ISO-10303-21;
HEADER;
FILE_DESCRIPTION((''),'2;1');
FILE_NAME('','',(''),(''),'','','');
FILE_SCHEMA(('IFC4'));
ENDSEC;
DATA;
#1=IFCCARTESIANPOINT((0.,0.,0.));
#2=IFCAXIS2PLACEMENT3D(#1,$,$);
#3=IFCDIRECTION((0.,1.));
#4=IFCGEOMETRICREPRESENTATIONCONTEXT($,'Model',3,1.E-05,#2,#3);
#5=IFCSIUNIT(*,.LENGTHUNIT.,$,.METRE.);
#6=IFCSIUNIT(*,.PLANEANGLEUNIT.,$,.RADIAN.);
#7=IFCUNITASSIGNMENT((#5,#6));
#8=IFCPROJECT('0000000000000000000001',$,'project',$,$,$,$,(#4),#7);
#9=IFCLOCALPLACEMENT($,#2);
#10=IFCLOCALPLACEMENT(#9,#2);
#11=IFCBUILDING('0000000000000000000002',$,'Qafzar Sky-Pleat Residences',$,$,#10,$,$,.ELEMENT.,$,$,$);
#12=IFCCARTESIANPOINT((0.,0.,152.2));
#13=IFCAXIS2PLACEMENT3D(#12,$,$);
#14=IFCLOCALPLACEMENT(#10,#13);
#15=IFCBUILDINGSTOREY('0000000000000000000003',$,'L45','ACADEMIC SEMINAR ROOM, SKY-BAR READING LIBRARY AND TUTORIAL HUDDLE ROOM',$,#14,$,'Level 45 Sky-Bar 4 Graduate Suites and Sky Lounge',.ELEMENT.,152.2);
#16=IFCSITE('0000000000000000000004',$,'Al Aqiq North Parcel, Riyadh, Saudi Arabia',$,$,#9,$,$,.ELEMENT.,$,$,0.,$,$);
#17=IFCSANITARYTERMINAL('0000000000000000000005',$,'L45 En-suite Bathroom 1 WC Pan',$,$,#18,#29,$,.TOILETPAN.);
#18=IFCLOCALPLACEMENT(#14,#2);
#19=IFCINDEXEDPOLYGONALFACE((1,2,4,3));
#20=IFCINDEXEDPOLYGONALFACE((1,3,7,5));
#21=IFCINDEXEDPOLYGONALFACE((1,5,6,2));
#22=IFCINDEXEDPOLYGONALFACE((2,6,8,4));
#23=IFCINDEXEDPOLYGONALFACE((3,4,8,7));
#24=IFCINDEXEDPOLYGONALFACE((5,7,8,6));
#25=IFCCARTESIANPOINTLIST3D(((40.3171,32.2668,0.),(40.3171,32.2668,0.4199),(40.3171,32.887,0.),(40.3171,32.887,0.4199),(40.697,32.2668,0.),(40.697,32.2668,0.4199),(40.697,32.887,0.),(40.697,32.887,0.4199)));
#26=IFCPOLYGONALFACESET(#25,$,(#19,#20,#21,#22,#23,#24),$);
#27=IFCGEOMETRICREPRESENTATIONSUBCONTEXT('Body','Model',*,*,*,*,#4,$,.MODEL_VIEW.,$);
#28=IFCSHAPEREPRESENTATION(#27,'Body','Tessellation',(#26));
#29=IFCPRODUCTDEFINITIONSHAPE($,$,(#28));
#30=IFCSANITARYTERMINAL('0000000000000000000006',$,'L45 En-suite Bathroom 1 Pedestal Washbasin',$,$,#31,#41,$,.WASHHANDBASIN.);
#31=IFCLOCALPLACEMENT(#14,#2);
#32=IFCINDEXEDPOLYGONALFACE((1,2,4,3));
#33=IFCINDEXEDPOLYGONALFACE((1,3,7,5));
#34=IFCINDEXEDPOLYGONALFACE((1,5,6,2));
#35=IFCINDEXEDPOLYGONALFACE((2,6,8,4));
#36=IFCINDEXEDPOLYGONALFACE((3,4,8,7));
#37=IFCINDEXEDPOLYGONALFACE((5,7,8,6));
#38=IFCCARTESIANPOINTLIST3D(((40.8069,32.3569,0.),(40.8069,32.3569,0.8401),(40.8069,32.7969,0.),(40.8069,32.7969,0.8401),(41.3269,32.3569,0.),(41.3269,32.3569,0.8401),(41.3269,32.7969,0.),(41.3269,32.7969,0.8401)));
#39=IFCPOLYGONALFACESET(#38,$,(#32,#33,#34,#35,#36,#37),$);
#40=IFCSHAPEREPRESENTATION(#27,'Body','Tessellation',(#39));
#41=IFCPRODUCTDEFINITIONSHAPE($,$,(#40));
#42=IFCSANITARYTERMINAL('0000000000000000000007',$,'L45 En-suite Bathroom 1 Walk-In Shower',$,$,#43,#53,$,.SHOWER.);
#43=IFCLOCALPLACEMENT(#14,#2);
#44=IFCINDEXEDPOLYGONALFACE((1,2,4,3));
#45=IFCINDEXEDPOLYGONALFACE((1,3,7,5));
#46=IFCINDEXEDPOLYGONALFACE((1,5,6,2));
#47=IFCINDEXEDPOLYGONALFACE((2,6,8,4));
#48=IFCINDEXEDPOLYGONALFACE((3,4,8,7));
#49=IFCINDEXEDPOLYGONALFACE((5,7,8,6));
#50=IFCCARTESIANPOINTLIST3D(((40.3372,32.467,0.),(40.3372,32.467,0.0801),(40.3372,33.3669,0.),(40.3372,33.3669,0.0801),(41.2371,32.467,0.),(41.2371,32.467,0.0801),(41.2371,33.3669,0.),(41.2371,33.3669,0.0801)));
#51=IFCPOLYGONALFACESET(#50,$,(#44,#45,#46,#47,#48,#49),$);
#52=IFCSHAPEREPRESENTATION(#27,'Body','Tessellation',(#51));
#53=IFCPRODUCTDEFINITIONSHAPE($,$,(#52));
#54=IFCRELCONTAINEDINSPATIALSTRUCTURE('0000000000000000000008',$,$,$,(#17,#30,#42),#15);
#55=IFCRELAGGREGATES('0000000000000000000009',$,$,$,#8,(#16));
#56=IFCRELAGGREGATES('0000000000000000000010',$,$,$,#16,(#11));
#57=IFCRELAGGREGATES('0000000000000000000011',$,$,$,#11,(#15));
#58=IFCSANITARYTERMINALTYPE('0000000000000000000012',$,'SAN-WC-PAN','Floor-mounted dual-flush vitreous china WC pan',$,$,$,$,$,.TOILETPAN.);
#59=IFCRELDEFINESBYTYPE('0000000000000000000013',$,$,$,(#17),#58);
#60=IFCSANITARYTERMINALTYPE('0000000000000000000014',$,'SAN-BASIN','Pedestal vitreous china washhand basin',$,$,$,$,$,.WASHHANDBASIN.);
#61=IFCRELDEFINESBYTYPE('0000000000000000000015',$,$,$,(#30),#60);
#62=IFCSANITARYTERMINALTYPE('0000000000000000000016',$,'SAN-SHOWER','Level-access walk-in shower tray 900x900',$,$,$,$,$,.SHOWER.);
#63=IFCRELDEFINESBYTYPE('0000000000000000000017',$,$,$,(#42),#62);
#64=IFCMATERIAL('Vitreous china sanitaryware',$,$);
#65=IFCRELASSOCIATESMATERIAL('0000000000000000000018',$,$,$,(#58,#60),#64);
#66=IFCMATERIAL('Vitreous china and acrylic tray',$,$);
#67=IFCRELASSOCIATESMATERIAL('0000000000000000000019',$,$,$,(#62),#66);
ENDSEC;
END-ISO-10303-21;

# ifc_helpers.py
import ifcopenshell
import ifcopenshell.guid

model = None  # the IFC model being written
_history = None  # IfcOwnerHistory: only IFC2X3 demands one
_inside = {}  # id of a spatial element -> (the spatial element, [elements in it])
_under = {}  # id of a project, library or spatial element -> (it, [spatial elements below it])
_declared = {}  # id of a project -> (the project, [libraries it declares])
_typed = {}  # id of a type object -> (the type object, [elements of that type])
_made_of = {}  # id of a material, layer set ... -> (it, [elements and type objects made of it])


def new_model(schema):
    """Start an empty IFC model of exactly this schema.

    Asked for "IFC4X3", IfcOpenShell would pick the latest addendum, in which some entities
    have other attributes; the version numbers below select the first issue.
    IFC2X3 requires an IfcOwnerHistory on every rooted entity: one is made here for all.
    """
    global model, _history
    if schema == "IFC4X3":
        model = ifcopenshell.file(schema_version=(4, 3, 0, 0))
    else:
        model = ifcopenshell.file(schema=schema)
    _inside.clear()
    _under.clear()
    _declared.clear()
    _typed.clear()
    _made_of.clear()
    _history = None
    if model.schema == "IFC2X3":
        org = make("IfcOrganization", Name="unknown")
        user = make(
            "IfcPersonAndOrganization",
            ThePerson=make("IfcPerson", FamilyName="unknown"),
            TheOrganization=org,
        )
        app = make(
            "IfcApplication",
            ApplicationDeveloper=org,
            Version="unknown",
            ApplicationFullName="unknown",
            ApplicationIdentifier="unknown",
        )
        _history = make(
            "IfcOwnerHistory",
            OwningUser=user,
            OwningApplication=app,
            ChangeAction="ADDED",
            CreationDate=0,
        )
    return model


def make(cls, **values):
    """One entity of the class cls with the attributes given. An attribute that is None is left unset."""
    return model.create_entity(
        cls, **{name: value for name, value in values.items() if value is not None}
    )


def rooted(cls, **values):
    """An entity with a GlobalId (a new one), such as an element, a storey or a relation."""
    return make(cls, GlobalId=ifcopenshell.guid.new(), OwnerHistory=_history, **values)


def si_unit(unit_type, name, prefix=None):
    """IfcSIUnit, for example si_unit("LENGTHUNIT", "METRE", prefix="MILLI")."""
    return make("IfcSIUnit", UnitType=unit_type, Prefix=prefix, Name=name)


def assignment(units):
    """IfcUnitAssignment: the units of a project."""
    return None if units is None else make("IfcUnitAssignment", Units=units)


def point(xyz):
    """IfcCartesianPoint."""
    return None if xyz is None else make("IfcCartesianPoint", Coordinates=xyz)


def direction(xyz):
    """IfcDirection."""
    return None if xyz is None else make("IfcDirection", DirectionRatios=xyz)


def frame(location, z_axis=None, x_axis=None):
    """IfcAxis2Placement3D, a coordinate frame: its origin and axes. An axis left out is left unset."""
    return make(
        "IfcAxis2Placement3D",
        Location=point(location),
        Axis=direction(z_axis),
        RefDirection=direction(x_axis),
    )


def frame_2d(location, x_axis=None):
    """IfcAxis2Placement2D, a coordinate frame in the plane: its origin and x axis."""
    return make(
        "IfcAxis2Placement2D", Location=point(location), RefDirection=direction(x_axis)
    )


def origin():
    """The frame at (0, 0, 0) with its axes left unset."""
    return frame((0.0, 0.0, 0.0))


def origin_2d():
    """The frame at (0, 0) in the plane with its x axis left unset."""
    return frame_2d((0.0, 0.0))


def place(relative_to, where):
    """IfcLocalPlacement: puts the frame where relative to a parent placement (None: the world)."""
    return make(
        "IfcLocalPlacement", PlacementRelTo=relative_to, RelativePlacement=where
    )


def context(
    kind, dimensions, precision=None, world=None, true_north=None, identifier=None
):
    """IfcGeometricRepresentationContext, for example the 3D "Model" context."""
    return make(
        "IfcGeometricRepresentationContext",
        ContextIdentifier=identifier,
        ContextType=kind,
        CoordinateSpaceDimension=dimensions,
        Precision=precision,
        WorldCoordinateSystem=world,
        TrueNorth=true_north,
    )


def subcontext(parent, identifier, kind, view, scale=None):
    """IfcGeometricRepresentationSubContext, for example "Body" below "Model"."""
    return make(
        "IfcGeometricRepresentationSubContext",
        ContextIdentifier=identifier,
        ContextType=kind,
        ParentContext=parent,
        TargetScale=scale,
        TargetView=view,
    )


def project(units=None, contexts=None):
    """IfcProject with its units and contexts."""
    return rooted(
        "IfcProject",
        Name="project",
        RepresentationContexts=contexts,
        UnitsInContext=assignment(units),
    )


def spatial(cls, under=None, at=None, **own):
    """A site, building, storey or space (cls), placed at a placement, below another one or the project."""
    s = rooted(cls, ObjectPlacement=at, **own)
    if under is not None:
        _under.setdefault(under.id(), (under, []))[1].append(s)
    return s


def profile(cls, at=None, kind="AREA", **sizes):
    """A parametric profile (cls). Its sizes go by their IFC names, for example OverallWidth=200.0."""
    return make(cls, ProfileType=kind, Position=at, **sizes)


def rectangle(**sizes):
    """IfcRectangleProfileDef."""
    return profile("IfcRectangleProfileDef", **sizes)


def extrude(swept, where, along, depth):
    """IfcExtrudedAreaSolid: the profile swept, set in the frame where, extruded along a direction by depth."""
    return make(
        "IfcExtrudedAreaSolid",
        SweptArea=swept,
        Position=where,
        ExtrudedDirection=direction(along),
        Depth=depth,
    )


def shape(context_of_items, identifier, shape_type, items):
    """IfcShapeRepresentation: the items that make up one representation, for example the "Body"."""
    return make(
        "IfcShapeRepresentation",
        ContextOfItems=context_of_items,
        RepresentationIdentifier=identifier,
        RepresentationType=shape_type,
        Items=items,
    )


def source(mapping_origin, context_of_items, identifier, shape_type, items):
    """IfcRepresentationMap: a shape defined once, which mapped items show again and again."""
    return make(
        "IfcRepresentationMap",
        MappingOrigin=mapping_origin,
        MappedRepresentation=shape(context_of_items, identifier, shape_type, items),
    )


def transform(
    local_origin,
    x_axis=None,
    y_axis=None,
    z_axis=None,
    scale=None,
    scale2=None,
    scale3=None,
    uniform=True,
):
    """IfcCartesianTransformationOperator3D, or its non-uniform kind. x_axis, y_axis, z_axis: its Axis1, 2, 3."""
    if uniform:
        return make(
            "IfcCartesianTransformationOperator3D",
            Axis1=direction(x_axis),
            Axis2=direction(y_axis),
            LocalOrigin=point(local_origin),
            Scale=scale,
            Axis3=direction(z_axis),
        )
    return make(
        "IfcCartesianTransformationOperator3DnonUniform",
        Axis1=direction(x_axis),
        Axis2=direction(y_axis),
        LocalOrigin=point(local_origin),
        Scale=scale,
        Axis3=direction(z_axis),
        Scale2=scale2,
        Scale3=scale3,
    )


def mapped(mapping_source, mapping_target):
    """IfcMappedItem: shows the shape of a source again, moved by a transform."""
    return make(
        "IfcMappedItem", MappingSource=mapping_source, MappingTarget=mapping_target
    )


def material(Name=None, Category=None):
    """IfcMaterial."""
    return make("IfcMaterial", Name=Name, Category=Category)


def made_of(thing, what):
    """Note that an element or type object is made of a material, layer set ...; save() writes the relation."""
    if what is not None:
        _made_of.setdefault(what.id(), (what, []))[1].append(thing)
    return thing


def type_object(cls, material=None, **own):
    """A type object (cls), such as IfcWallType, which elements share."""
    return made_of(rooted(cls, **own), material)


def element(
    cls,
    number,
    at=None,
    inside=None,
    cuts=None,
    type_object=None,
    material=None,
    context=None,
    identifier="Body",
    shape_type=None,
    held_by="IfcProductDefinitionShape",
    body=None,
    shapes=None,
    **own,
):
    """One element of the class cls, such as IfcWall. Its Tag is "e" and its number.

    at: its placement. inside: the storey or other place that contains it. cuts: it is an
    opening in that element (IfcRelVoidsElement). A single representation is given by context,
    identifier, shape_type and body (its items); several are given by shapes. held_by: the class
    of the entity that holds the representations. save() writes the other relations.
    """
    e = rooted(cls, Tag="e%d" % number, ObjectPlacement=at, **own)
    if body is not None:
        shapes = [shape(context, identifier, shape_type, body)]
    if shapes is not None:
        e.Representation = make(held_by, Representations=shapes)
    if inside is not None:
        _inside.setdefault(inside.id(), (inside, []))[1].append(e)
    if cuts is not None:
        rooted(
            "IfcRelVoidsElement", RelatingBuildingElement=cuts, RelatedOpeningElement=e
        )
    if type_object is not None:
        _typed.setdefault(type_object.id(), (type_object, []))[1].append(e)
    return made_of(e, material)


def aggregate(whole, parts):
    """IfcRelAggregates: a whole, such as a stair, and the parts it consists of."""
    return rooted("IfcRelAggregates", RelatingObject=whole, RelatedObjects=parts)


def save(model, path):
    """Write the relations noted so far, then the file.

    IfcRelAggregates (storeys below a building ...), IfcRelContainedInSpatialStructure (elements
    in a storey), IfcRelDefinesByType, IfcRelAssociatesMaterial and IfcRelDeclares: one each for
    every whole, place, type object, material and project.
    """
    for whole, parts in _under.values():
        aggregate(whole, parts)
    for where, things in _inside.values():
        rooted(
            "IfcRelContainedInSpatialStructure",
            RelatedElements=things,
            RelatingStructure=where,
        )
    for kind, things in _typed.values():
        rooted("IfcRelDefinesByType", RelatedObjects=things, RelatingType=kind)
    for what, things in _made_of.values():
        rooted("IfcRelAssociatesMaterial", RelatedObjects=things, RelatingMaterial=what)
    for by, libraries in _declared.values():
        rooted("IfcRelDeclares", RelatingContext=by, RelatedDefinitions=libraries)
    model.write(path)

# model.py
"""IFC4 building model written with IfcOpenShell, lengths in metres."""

from ifc_helpers import new_model, si_unit, direction, frame, origin, origin_2d, place, context, subcontext, project, spatial, rectangle, extrude, source, transform, mapped, material, type_object, element, save


model = new_model("IFC4")

# Units and contexts
model_context = context("Model", 3, precision=1e-05, world=origin(), true_north=direction((0.0, 1.0)))
body_context = subcontext(model_context, "Body", "Model", "MODEL_VIEW")
ifc_project = project(units=[si_unit("LENGTHUNIT", "METRE"), si_unit("PLANEANGLEUNIT", "RADIAN")], contexts=[model_context])

# Site, building, storey
site_placement = place(None, origin())
site = spatial("IfcSite", under=ifc_project, at=site_placement, Name="Al Aqiq North Parcel, Riyadh, Saudi Arabia", CompositionType="ELEMENT", RefElevation=0.0)
building_placement = place(site_placement, origin())
building = spatial("IfcBuilding", under=site, at=building_placement, Name="Qafzar Sky-Pleat Residences", CompositionType="ELEMENT")
storey_placement = place(building_placement, frame((0.0, 0.0, 152.2)))
storey = spatial("IfcBuildingStorey", under=building, at=storey_placement, Name="L45", Description="ACADEMIC SEMINAR ROOM, SKY-BAR READING LIBRARY AND TUTORIAL HUDDLE ROOM", LongName="Level 45 Sky-Bar 4 Graduate Suites and Sky Lounge", CompositionType="ELEMENT", Elevation=152.2)

# Sanitary terminals
ifc_material_1 = material(Name="Vitreous china sanitaryware")
sanitary_terminal_type_1 = type_object("IfcSanitaryTerminalType", Name="SAN-WC-PAN", Description="Floor-mounted dual-flush vitreous china WC pan", PredefinedType="TOILETPAN", material=ifc_material_1)
shared_shape_1 = source(origin(), body_context, "Body", "SweptSolid", [
    extrude(rectangle(XDim=0.3799, YDim=0.6201, at=origin_2d()), origin(), (0.0, 0.0, 1.0), 0.4199),
])
sanitary_terminal_1_placement = place(storey_placement, frame((40.5071, 32.5769, 0.0), z_axis=(0.0, 0.0, 1.0), x_axis=(1.0, 0.0, 0.0)))
element("IfcSanitaryTerminal", 1, at=sanitary_terminal_1_placement, inside=storey, type_object=sanitary_terminal_type_1, Name="L45 En-suite Bathroom 1 WC Pan", PredefinedType="TOILETPAN", context=body_context, shape_type="MappedRepresentation", body=[
    mapped(shared_shape_1, transform((0.0, 0.0, 0.0), x_axis=(1.0, 0.0, 0.0), y_axis=(0.0, 1.0, 0.0), z_axis=(0.0, 0.0, 1.0), scale=1.0)),
])
sanitary_terminal_type_2 = type_object("IfcSanitaryTerminalType", Name="SAN-BASIN", Description="Pedestal vitreous china washhand basin", PredefinedType="WASHHANDBASIN", material=ifc_material_1)
shared_shape_2 = source(origin(), body_context, "Body", "SweptSolid", [
    extrude(rectangle(XDim=0.52, YDim=0.4399, at=origin_2d()), origin(), (0.0, 0.0, 1.0), 0.8401),
])
sanitary_terminal_2_placement = place(storey_placement, frame((41.0669, 32.5769, 0.0), z_axis=(0.0, 0.0, 1.0), x_axis=(1.0, 0.0, 0.0)))
element("IfcSanitaryTerminal", 2, at=sanitary_terminal_2_placement, inside=storey, type_object=sanitary_terminal_type_2, Name="L45 En-suite Bathroom 1 Pedestal Washbasin", PredefinedType="WASHHANDBASIN", context=body_context, shape_type="MappedRepresentation", body=[
    mapped(shared_shape_2, transform((0.0, 0.0, 0.0), x_axis=(1.0, 0.0, 0.0), y_axis=(0.0, 1.0, 0.0), z_axis=(0.0, 0.0, 1.0), scale=1.0)),
])
ifc_material_2 = material(Name="Vitreous china and acrylic tray")
sanitary_terminal_type_3 = type_object("IfcSanitaryTerminalType", Name="SAN-SHOWER", Description="Level-access walk-in shower tray 900x900", PredefinedType="SHOWER", material=ifc_material_2)
shared_shape_3 = source(origin(), body_context, "Body", "SweptSolid", [
    extrude(rectangle(XDim=0.8999, YDim=0.8999, at=origin_2d()), origin(), (0.0, 0.0, 1.0), 0.0801),
])
sanitary_terminal_3_placement = place(storey_placement, frame((40.7871, 32.917, 0.0), z_axis=(0.0, 0.0, 1.0), x_axis=(1.0, 0.0, 0.0)))
element("IfcSanitaryTerminal", 3, at=sanitary_terminal_3_placement, inside=storey, type_object=sanitary_terminal_type_3, Name="L45 En-suite Bathroom 1 Walk-In Shower", PredefinedType="SHOWER", context=body_context, shape_type="MappedRepresentation", body=[
    mapped(shared_shape_3, transform((0.0, 0.0, 0.0), x_axis=(1.0, 0.0, 0.0), y_axis=(0.0, 1.0, 0.0), z_axis=(0.0, 0.0, 1.0), scale=1.0)),
])

save(model, "model.ifc")
